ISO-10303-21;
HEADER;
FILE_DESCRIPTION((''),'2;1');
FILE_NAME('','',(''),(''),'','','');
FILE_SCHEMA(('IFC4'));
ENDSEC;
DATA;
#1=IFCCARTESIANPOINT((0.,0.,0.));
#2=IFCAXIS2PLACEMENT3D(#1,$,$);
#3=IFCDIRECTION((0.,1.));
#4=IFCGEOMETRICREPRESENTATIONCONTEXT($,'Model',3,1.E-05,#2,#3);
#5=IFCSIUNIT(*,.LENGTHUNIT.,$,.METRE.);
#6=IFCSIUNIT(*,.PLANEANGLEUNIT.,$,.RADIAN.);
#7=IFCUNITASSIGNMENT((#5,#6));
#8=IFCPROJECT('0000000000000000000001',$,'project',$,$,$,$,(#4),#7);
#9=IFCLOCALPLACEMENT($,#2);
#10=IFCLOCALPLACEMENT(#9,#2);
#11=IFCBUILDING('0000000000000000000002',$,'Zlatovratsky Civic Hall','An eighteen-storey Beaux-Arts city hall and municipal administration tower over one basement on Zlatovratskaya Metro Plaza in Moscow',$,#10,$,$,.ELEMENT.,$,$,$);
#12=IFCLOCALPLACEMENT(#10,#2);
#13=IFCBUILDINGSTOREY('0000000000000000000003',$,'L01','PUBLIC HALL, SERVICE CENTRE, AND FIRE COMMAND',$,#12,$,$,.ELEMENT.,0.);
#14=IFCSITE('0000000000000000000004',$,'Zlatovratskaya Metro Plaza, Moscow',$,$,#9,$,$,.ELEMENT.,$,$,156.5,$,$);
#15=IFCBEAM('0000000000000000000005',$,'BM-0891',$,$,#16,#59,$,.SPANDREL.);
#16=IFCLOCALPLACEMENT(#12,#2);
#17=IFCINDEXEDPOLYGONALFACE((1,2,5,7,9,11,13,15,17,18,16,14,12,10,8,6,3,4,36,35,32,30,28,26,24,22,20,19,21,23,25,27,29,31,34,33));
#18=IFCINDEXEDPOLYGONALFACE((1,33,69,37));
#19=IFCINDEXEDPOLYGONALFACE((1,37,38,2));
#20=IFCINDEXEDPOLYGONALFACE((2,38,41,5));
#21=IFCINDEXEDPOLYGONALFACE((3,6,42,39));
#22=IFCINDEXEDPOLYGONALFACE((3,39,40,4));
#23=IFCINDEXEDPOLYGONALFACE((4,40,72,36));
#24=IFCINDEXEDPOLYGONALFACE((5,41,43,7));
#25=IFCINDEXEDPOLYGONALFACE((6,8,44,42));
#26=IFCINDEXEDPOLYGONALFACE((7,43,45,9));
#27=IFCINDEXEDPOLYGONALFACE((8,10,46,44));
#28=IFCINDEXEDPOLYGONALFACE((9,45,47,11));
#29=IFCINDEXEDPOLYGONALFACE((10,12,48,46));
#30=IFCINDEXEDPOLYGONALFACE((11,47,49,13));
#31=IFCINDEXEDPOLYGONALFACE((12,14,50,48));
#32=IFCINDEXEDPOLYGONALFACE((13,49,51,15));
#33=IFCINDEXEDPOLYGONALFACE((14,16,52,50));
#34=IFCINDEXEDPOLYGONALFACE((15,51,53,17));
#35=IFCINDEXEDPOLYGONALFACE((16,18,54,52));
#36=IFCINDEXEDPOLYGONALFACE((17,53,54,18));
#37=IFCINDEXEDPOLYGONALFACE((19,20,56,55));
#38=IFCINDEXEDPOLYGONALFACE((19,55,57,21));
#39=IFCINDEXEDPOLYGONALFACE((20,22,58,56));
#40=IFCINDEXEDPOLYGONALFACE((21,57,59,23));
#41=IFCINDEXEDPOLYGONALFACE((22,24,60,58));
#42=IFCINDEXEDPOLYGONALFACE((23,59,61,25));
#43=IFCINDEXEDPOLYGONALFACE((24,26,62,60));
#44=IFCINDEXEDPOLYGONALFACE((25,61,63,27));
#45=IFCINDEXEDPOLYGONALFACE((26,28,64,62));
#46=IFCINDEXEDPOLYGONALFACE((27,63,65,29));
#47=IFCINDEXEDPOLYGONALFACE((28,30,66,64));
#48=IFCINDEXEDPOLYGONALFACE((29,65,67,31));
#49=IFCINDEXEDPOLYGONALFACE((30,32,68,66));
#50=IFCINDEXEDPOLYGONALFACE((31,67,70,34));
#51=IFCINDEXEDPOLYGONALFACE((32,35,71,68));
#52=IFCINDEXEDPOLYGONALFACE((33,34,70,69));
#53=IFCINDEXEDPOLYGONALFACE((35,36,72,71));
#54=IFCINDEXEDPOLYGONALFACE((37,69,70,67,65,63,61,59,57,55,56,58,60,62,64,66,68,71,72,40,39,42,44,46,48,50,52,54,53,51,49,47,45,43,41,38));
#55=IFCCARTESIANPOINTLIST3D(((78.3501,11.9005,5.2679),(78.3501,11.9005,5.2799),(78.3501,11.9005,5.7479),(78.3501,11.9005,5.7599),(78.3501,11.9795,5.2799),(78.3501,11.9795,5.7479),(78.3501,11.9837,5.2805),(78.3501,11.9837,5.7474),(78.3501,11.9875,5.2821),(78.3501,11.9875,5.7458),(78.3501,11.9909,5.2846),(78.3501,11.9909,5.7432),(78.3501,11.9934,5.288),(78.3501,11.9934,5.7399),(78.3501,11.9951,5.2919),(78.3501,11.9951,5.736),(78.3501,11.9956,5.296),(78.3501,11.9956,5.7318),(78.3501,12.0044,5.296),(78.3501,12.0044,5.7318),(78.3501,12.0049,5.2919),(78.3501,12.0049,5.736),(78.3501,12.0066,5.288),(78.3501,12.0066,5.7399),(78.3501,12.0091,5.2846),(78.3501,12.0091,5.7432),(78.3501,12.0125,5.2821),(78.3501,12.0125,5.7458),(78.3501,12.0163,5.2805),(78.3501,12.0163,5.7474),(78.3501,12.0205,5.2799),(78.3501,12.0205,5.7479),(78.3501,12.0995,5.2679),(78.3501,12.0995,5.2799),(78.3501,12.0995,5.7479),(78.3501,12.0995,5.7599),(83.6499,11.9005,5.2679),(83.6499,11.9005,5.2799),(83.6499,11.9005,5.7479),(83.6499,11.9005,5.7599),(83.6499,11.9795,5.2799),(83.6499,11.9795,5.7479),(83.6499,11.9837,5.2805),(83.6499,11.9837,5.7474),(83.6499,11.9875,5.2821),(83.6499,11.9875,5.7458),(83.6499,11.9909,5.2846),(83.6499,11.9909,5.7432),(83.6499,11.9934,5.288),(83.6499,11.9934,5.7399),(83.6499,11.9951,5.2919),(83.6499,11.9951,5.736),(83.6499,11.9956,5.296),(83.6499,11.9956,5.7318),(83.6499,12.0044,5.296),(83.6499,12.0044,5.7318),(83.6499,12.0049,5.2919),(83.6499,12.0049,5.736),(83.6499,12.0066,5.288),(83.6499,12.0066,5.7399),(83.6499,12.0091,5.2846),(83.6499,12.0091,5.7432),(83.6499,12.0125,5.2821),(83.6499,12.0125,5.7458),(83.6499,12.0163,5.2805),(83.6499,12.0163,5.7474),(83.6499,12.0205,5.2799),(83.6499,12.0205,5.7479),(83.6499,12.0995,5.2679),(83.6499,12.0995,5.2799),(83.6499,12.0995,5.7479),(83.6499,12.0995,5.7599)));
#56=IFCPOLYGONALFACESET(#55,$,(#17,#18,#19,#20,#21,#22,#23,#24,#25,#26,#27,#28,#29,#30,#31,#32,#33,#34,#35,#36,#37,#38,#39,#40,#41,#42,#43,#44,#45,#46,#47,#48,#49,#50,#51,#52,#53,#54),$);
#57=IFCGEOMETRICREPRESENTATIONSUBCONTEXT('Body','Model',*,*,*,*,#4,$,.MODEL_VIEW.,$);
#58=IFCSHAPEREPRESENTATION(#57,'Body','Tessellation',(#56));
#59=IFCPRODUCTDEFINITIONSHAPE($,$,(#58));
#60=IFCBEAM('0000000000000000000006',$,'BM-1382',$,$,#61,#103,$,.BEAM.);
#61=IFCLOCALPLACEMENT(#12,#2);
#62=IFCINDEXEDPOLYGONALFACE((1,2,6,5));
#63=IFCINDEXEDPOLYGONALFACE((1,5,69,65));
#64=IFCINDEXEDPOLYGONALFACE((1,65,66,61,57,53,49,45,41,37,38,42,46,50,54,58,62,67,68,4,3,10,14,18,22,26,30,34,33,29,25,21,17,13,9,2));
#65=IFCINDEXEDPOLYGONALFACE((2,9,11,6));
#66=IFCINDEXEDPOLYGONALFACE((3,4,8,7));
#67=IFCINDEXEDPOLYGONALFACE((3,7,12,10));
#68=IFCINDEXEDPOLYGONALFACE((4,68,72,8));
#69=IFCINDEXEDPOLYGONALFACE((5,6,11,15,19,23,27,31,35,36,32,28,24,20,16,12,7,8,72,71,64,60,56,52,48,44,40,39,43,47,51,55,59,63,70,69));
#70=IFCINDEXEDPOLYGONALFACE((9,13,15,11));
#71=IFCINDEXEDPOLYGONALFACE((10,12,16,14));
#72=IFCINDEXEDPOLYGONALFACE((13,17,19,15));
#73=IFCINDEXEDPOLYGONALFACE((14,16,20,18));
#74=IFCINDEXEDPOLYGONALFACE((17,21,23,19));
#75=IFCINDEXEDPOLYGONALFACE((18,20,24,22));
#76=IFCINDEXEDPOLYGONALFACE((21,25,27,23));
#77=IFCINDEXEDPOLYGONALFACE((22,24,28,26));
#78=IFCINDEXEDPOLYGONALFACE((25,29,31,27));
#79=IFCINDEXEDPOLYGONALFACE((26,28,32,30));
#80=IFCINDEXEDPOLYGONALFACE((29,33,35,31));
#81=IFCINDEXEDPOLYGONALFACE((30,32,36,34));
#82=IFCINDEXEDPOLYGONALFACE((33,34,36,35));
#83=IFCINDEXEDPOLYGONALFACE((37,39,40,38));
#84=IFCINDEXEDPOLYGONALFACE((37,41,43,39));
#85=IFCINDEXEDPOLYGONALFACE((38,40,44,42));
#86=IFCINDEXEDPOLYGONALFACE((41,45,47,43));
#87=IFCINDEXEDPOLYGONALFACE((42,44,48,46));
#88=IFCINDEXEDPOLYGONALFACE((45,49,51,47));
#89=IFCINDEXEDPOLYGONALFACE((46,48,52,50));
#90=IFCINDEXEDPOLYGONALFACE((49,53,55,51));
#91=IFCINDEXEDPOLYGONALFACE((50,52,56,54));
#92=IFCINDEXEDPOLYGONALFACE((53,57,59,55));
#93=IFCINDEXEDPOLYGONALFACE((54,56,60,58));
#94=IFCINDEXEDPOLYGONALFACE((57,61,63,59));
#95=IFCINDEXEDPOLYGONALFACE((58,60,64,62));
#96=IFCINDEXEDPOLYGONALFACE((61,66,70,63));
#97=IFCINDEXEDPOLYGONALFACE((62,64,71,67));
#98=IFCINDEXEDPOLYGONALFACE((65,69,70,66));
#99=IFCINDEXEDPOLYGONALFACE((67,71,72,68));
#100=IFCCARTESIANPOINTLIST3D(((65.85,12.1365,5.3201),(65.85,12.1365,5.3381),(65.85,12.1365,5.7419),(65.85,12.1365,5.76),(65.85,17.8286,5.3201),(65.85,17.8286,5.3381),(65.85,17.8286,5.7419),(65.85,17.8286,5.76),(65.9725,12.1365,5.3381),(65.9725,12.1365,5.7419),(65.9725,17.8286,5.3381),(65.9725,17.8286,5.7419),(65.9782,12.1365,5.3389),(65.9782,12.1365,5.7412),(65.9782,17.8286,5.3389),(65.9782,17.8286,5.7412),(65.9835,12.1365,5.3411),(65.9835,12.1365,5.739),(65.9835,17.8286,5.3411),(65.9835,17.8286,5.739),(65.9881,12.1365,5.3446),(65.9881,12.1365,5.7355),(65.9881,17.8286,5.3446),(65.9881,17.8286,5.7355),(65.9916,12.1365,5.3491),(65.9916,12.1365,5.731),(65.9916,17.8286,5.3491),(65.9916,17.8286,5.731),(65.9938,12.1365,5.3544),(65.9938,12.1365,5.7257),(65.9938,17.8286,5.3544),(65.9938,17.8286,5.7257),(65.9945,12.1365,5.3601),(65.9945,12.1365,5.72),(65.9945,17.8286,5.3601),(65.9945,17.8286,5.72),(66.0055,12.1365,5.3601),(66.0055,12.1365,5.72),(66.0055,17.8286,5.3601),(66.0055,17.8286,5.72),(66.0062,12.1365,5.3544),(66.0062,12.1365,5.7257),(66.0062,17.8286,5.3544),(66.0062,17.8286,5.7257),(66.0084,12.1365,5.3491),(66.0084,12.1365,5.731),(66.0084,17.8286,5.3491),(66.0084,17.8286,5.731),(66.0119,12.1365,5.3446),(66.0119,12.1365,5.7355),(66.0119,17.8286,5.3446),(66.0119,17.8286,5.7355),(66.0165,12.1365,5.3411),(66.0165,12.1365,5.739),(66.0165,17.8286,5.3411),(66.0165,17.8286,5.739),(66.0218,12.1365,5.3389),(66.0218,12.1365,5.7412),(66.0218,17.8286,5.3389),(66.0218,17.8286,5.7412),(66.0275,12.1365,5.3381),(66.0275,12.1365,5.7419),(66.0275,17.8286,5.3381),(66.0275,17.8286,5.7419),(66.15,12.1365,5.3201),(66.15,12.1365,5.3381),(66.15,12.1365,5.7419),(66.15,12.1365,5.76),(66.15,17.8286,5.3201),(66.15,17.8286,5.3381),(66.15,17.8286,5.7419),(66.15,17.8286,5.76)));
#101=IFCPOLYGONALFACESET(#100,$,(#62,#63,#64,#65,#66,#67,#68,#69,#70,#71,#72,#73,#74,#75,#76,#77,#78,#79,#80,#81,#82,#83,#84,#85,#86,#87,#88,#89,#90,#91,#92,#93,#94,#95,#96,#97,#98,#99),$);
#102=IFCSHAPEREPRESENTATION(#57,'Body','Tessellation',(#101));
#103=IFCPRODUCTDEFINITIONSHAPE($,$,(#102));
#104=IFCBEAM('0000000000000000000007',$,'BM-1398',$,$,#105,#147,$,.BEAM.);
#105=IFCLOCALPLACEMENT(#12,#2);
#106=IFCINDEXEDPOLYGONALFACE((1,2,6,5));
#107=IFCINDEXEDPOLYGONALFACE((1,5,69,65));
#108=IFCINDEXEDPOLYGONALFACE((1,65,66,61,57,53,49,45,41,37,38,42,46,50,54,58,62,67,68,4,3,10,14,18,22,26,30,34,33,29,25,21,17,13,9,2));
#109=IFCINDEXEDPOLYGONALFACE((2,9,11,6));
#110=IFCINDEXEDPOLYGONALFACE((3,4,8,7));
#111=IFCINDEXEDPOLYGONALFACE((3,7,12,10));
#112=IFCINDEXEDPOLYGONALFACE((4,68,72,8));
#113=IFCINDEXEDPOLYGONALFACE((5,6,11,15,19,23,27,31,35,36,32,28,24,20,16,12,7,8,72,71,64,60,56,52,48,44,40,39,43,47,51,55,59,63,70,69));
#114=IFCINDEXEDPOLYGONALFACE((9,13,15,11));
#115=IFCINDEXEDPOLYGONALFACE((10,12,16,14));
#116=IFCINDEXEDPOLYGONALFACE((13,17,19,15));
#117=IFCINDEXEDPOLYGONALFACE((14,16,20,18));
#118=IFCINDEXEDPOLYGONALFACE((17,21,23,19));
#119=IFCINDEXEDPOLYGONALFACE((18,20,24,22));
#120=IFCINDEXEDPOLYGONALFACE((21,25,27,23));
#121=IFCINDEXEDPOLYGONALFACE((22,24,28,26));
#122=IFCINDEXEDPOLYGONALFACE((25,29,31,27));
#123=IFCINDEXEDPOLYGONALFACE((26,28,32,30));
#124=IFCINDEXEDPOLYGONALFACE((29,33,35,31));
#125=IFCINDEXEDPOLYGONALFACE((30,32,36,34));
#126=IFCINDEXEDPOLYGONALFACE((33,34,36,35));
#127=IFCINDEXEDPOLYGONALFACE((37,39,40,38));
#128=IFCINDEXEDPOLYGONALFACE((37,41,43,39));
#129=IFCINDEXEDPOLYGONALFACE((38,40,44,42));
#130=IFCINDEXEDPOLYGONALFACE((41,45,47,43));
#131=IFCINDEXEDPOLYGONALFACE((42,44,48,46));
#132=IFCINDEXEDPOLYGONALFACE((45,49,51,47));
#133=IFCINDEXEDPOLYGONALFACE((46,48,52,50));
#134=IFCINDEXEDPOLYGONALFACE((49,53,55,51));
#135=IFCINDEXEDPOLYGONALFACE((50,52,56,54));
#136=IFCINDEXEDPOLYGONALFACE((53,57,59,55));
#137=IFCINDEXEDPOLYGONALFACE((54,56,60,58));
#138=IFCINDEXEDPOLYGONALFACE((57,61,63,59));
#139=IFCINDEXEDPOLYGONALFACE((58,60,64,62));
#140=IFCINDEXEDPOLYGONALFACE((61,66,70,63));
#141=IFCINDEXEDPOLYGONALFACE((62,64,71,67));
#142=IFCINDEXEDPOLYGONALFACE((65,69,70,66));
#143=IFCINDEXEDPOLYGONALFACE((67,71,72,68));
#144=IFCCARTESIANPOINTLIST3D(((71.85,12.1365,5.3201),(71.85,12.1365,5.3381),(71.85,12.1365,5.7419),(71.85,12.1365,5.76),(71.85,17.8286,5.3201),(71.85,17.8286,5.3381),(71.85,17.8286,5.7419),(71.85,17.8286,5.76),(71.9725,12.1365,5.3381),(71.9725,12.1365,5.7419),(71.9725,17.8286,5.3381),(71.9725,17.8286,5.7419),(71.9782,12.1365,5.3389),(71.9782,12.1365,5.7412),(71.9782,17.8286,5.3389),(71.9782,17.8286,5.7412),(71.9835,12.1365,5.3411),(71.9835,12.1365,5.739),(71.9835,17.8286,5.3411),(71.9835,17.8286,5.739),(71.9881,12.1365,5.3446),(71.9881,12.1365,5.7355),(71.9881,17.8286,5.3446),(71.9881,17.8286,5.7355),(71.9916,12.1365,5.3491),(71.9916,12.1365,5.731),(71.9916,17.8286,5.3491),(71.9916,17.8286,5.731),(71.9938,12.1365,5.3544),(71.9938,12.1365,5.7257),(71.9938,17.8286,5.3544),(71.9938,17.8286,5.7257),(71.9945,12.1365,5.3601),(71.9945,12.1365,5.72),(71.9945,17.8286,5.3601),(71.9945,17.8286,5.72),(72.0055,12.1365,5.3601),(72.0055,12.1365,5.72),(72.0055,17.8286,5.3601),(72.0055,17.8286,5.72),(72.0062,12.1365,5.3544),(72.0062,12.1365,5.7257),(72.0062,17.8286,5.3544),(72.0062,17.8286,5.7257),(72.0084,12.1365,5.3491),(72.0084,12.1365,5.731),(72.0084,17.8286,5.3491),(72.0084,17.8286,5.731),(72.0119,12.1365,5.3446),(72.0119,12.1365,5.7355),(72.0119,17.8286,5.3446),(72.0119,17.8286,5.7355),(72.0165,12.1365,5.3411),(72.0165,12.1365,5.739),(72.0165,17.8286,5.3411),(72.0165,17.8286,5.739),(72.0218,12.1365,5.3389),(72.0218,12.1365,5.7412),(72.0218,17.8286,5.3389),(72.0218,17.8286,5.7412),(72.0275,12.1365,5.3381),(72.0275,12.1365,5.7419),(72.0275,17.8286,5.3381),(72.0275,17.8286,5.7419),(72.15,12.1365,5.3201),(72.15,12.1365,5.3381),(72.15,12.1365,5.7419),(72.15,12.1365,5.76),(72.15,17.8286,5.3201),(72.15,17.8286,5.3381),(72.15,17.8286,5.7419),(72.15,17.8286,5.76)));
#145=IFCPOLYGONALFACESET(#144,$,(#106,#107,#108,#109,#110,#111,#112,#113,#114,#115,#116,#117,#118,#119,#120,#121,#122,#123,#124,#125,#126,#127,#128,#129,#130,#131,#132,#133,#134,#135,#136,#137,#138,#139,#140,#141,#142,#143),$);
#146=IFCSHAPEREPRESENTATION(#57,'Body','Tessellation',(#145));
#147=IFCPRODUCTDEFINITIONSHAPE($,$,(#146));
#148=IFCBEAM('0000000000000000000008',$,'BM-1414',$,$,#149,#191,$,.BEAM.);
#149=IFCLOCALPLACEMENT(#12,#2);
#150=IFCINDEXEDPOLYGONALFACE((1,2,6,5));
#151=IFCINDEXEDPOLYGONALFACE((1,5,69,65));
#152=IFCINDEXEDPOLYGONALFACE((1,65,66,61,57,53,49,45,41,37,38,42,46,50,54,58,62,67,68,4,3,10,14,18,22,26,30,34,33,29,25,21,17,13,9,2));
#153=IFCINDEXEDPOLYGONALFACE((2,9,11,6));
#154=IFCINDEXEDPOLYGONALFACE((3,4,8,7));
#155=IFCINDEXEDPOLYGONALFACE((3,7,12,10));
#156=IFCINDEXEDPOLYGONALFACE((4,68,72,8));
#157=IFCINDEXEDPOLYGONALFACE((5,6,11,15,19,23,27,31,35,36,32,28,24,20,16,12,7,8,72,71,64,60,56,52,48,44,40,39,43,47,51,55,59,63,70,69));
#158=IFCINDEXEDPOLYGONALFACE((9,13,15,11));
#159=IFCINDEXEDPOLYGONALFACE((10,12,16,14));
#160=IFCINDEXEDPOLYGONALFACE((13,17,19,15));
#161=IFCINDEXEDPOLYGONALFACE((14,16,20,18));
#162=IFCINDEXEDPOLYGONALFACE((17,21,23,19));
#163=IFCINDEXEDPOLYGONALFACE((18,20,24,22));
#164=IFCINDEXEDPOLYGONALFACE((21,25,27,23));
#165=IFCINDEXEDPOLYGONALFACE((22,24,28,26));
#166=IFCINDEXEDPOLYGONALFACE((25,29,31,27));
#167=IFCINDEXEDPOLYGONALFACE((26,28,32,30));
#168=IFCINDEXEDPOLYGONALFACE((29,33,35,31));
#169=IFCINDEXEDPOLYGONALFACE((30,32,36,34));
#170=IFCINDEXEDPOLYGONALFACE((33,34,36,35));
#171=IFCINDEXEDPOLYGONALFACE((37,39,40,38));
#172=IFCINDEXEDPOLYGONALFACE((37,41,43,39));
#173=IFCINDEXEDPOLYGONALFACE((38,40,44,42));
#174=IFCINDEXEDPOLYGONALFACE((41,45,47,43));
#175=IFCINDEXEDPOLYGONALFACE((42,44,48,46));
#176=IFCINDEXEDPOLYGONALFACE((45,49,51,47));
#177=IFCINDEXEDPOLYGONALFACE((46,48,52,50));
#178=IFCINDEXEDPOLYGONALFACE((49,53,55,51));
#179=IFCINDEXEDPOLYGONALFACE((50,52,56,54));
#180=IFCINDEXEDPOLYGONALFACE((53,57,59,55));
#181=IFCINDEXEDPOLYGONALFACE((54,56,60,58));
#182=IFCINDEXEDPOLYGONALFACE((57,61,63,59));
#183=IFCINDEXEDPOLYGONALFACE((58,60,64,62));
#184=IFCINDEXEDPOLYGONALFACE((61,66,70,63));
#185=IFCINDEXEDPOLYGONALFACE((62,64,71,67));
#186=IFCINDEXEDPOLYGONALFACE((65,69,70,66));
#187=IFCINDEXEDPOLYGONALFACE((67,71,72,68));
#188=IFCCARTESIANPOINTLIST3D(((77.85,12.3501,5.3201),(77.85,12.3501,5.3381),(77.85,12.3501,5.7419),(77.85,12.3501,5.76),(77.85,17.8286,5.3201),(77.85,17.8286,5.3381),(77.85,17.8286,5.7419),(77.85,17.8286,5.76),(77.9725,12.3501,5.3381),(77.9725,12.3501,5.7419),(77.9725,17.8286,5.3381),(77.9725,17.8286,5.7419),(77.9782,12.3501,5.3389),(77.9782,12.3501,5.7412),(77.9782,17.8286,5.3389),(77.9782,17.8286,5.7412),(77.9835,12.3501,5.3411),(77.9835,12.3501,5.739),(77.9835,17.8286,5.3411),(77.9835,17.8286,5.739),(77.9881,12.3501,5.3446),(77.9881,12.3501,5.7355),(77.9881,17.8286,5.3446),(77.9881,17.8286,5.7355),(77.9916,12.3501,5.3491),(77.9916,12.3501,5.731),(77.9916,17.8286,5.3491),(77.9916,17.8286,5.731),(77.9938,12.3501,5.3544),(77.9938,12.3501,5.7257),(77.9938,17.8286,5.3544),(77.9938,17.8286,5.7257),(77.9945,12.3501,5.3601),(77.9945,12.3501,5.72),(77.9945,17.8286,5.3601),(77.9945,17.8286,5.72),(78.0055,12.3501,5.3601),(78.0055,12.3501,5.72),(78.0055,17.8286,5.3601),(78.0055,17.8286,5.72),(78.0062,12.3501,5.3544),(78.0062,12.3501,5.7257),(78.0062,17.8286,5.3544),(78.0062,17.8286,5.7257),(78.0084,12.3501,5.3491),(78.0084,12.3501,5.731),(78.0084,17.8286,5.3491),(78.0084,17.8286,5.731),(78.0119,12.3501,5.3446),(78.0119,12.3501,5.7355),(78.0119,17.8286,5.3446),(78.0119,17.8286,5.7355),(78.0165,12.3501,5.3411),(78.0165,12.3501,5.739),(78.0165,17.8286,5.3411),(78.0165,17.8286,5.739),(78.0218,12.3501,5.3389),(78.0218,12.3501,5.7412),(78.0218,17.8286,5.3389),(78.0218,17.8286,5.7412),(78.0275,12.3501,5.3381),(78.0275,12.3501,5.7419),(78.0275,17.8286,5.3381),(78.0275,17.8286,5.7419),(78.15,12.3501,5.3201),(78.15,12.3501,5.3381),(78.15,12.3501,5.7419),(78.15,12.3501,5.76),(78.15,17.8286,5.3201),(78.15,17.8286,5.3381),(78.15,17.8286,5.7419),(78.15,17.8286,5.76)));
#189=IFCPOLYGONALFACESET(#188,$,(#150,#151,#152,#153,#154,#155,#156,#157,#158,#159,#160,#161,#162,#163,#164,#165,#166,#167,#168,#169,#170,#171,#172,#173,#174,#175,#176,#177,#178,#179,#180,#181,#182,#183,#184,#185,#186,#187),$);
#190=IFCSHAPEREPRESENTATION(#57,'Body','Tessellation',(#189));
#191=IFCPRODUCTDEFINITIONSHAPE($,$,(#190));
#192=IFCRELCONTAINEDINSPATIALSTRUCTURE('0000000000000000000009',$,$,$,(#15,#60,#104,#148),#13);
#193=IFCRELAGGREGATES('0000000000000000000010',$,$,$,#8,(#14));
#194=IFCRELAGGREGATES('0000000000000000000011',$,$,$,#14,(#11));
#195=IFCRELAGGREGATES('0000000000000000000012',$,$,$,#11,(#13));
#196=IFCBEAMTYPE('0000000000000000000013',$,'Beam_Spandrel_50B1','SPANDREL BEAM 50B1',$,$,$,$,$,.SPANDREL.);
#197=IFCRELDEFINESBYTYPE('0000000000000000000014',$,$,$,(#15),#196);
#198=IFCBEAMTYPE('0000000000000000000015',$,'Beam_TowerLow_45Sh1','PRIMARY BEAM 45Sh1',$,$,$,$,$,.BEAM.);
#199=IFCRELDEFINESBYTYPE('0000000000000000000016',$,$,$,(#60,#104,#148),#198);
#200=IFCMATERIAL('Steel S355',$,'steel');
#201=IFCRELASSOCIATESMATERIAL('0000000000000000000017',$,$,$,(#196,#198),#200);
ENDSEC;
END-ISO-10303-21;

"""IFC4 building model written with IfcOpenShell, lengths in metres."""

from ifc_helpers import new_model, si_unit, direction, frame, origin, origin_2d, place, context, subcontext, project, spatial, i_section, extrude, material, material_profile, profile_set, type_object, element, save


model = new_model("IFC4")

# Units and contexts
model_context = context("Model", 3, precision=1e-05, world=origin(), true_north=direction((0.0, 1.0)))
body_context = subcontext(model_context, "Body", "Model", "MODEL_VIEW")
ifc_project = project(units=[si_unit("LENGTHUNIT", "METRE"), si_unit("PLANEANGLEUNIT", "RADIAN")], contexts=[model_context])

# Site, building, storey
site_placement = place(None, origin())
site = spatial("IfcSite", under=ifc_project, at=site_placement, Name="Zlatovratskaya Metro Plaza, Moscow", CompositionType="ELEMENT", RefElevation=156.5)
building_placement = place(site_placement, origin())
building = spatial("IfcBuilding", under=site, at=building_placement, Name="Zlatovratsky Civic Hall", Description="An eighteen-storey Beaux-Arts city hall and municipal administration tower over one basement on Zlatovratskaya Metro Plaza in Moscow", CompositionType="ELEMENT")
storey_placement = place(building_placement, origin())
storey = spatial("IfcBuildingStorey", under=building, at=storey_placement, Name="L01", Description="PUBLIC HALL, SERVICE CENTRE, AND FIRE COMMAND", CompositionType="ELEMENT", Elevation=0.0)

# Shared definitions
ifc_material_1 = material(Name="Steel S355", Category="steel")

# Beams
ifc_material_profile_1 = material_profile(ifc_material_1, i_section(OverallWidth=0.199, OverallDepth=0.4919, WebThickness=0.0088, FlangeThickness=0.012, FilletRadius=0.0161, at=origin_2d()), Name="50B1")
ifc_profile_set_1 = profile_set([ifc_material_profile_1], Name="Steel S355")
beam_type_1 = type_object("IfcBeamType", Name="Beam_Spandrel_50B1", Description="SPANDREL BEAM 50B1", PredefinedType="SPANDREL", material=ifc_profile_set_1)
beam_1_placement = place(storey_placement, frame((78.3501, 12.0, 5.5139), z_axis=(1.0, 0.0, 0.0), x_axis=(0.0, 1.0, 0.0)))
element("IfcBeam", 1, at=beam_1_placement, inside=storey, type_object=beam_type_1, Name="BM-0891", PredefinedType="SPANDREL", context=body_context, shape_type="SweptSolid", body=[
    extrude(i_section(OverallWidth=0.199, OverallDepth=0.4919, WebThickness=0.0088, FlangeThickness=0.012, FilletRadius=0.0161, at=origin_2d()), origin(), (0.0, 0.0, 1.0), 5.2998),
])
ifc_material_profile_2 = material_profile(ifc_material_1, i_section(OverallWidth=0.3, OverallDepth=0.4399, WebThickness=0.011, FlangeThickness=0.0181, FilletRadius=0.022, at=origin_2d()), Name="45Sh1")
ifc_profile_set_2 = profile_set([ifc_material_profile_2], Name="Steel S355")
beam_type_2 = type_object("IfcBeamType", Name="Beam_TowerLow_45Sh1", Description="PRIMARY BEAM 45Sh1", PredefinedType="BEAM", material=ifc_profile_set_2)
for number, where, z_axis, x_axis, name in (
    (2, (66.0, 12.1365, 5.54), (0.0, 1.0, 0.0), (-1.0, 0.0, 0.0), "BM-1382"),
    (3, (72.0, 12.1365, 5.54), (0.0, 1.0, 0.0), (-1.0, 0.0, 0.0), "BM-1398"),
):
    element("IfcBeam", number, at=place(storey_placement, frame(where, z_axis=z_axis, x_axis=x_axis)), inside=storey, type_object=beam_type_2, Name=name, PredefinedType="BEAM", context=body_context, shape_type="SweptSolid", body=[
        extrude(i_section(OverallWidth=0.3, OverallDepth=0.4399, WebThickness=0.011, FlangeThickness=0.0181, FilletRadius=0.022, at=origin_2d()), origin(), (0.0, 0.0, 1.0), 5.6921),
    ])
beam_2_placement = place(storey_placement, frame((78.0, 12.3501, 5.54), z_axis=(0.0, 1.0, 0.0), x_axis=(-1.0, 0.0, 0.0)))
element("IfcBeam", 4, at=beam_2_placement, inside=storey, type_object=beam_type_2, Name="BM-1414", PredefinedType="BEAM", context=body_context, shape_type="SweptSolid", body=[
    extrude(i_section(OverallWidth=0.3, OverallDepth=0.4399, WebThickness=0.011, FlangeThickness=0.0181, FilletRadius=0.022, at=origin_2d()), origin(), (0.0, 0.0, 1.0), 5.4785),
])

save(model, "model.ifc")
